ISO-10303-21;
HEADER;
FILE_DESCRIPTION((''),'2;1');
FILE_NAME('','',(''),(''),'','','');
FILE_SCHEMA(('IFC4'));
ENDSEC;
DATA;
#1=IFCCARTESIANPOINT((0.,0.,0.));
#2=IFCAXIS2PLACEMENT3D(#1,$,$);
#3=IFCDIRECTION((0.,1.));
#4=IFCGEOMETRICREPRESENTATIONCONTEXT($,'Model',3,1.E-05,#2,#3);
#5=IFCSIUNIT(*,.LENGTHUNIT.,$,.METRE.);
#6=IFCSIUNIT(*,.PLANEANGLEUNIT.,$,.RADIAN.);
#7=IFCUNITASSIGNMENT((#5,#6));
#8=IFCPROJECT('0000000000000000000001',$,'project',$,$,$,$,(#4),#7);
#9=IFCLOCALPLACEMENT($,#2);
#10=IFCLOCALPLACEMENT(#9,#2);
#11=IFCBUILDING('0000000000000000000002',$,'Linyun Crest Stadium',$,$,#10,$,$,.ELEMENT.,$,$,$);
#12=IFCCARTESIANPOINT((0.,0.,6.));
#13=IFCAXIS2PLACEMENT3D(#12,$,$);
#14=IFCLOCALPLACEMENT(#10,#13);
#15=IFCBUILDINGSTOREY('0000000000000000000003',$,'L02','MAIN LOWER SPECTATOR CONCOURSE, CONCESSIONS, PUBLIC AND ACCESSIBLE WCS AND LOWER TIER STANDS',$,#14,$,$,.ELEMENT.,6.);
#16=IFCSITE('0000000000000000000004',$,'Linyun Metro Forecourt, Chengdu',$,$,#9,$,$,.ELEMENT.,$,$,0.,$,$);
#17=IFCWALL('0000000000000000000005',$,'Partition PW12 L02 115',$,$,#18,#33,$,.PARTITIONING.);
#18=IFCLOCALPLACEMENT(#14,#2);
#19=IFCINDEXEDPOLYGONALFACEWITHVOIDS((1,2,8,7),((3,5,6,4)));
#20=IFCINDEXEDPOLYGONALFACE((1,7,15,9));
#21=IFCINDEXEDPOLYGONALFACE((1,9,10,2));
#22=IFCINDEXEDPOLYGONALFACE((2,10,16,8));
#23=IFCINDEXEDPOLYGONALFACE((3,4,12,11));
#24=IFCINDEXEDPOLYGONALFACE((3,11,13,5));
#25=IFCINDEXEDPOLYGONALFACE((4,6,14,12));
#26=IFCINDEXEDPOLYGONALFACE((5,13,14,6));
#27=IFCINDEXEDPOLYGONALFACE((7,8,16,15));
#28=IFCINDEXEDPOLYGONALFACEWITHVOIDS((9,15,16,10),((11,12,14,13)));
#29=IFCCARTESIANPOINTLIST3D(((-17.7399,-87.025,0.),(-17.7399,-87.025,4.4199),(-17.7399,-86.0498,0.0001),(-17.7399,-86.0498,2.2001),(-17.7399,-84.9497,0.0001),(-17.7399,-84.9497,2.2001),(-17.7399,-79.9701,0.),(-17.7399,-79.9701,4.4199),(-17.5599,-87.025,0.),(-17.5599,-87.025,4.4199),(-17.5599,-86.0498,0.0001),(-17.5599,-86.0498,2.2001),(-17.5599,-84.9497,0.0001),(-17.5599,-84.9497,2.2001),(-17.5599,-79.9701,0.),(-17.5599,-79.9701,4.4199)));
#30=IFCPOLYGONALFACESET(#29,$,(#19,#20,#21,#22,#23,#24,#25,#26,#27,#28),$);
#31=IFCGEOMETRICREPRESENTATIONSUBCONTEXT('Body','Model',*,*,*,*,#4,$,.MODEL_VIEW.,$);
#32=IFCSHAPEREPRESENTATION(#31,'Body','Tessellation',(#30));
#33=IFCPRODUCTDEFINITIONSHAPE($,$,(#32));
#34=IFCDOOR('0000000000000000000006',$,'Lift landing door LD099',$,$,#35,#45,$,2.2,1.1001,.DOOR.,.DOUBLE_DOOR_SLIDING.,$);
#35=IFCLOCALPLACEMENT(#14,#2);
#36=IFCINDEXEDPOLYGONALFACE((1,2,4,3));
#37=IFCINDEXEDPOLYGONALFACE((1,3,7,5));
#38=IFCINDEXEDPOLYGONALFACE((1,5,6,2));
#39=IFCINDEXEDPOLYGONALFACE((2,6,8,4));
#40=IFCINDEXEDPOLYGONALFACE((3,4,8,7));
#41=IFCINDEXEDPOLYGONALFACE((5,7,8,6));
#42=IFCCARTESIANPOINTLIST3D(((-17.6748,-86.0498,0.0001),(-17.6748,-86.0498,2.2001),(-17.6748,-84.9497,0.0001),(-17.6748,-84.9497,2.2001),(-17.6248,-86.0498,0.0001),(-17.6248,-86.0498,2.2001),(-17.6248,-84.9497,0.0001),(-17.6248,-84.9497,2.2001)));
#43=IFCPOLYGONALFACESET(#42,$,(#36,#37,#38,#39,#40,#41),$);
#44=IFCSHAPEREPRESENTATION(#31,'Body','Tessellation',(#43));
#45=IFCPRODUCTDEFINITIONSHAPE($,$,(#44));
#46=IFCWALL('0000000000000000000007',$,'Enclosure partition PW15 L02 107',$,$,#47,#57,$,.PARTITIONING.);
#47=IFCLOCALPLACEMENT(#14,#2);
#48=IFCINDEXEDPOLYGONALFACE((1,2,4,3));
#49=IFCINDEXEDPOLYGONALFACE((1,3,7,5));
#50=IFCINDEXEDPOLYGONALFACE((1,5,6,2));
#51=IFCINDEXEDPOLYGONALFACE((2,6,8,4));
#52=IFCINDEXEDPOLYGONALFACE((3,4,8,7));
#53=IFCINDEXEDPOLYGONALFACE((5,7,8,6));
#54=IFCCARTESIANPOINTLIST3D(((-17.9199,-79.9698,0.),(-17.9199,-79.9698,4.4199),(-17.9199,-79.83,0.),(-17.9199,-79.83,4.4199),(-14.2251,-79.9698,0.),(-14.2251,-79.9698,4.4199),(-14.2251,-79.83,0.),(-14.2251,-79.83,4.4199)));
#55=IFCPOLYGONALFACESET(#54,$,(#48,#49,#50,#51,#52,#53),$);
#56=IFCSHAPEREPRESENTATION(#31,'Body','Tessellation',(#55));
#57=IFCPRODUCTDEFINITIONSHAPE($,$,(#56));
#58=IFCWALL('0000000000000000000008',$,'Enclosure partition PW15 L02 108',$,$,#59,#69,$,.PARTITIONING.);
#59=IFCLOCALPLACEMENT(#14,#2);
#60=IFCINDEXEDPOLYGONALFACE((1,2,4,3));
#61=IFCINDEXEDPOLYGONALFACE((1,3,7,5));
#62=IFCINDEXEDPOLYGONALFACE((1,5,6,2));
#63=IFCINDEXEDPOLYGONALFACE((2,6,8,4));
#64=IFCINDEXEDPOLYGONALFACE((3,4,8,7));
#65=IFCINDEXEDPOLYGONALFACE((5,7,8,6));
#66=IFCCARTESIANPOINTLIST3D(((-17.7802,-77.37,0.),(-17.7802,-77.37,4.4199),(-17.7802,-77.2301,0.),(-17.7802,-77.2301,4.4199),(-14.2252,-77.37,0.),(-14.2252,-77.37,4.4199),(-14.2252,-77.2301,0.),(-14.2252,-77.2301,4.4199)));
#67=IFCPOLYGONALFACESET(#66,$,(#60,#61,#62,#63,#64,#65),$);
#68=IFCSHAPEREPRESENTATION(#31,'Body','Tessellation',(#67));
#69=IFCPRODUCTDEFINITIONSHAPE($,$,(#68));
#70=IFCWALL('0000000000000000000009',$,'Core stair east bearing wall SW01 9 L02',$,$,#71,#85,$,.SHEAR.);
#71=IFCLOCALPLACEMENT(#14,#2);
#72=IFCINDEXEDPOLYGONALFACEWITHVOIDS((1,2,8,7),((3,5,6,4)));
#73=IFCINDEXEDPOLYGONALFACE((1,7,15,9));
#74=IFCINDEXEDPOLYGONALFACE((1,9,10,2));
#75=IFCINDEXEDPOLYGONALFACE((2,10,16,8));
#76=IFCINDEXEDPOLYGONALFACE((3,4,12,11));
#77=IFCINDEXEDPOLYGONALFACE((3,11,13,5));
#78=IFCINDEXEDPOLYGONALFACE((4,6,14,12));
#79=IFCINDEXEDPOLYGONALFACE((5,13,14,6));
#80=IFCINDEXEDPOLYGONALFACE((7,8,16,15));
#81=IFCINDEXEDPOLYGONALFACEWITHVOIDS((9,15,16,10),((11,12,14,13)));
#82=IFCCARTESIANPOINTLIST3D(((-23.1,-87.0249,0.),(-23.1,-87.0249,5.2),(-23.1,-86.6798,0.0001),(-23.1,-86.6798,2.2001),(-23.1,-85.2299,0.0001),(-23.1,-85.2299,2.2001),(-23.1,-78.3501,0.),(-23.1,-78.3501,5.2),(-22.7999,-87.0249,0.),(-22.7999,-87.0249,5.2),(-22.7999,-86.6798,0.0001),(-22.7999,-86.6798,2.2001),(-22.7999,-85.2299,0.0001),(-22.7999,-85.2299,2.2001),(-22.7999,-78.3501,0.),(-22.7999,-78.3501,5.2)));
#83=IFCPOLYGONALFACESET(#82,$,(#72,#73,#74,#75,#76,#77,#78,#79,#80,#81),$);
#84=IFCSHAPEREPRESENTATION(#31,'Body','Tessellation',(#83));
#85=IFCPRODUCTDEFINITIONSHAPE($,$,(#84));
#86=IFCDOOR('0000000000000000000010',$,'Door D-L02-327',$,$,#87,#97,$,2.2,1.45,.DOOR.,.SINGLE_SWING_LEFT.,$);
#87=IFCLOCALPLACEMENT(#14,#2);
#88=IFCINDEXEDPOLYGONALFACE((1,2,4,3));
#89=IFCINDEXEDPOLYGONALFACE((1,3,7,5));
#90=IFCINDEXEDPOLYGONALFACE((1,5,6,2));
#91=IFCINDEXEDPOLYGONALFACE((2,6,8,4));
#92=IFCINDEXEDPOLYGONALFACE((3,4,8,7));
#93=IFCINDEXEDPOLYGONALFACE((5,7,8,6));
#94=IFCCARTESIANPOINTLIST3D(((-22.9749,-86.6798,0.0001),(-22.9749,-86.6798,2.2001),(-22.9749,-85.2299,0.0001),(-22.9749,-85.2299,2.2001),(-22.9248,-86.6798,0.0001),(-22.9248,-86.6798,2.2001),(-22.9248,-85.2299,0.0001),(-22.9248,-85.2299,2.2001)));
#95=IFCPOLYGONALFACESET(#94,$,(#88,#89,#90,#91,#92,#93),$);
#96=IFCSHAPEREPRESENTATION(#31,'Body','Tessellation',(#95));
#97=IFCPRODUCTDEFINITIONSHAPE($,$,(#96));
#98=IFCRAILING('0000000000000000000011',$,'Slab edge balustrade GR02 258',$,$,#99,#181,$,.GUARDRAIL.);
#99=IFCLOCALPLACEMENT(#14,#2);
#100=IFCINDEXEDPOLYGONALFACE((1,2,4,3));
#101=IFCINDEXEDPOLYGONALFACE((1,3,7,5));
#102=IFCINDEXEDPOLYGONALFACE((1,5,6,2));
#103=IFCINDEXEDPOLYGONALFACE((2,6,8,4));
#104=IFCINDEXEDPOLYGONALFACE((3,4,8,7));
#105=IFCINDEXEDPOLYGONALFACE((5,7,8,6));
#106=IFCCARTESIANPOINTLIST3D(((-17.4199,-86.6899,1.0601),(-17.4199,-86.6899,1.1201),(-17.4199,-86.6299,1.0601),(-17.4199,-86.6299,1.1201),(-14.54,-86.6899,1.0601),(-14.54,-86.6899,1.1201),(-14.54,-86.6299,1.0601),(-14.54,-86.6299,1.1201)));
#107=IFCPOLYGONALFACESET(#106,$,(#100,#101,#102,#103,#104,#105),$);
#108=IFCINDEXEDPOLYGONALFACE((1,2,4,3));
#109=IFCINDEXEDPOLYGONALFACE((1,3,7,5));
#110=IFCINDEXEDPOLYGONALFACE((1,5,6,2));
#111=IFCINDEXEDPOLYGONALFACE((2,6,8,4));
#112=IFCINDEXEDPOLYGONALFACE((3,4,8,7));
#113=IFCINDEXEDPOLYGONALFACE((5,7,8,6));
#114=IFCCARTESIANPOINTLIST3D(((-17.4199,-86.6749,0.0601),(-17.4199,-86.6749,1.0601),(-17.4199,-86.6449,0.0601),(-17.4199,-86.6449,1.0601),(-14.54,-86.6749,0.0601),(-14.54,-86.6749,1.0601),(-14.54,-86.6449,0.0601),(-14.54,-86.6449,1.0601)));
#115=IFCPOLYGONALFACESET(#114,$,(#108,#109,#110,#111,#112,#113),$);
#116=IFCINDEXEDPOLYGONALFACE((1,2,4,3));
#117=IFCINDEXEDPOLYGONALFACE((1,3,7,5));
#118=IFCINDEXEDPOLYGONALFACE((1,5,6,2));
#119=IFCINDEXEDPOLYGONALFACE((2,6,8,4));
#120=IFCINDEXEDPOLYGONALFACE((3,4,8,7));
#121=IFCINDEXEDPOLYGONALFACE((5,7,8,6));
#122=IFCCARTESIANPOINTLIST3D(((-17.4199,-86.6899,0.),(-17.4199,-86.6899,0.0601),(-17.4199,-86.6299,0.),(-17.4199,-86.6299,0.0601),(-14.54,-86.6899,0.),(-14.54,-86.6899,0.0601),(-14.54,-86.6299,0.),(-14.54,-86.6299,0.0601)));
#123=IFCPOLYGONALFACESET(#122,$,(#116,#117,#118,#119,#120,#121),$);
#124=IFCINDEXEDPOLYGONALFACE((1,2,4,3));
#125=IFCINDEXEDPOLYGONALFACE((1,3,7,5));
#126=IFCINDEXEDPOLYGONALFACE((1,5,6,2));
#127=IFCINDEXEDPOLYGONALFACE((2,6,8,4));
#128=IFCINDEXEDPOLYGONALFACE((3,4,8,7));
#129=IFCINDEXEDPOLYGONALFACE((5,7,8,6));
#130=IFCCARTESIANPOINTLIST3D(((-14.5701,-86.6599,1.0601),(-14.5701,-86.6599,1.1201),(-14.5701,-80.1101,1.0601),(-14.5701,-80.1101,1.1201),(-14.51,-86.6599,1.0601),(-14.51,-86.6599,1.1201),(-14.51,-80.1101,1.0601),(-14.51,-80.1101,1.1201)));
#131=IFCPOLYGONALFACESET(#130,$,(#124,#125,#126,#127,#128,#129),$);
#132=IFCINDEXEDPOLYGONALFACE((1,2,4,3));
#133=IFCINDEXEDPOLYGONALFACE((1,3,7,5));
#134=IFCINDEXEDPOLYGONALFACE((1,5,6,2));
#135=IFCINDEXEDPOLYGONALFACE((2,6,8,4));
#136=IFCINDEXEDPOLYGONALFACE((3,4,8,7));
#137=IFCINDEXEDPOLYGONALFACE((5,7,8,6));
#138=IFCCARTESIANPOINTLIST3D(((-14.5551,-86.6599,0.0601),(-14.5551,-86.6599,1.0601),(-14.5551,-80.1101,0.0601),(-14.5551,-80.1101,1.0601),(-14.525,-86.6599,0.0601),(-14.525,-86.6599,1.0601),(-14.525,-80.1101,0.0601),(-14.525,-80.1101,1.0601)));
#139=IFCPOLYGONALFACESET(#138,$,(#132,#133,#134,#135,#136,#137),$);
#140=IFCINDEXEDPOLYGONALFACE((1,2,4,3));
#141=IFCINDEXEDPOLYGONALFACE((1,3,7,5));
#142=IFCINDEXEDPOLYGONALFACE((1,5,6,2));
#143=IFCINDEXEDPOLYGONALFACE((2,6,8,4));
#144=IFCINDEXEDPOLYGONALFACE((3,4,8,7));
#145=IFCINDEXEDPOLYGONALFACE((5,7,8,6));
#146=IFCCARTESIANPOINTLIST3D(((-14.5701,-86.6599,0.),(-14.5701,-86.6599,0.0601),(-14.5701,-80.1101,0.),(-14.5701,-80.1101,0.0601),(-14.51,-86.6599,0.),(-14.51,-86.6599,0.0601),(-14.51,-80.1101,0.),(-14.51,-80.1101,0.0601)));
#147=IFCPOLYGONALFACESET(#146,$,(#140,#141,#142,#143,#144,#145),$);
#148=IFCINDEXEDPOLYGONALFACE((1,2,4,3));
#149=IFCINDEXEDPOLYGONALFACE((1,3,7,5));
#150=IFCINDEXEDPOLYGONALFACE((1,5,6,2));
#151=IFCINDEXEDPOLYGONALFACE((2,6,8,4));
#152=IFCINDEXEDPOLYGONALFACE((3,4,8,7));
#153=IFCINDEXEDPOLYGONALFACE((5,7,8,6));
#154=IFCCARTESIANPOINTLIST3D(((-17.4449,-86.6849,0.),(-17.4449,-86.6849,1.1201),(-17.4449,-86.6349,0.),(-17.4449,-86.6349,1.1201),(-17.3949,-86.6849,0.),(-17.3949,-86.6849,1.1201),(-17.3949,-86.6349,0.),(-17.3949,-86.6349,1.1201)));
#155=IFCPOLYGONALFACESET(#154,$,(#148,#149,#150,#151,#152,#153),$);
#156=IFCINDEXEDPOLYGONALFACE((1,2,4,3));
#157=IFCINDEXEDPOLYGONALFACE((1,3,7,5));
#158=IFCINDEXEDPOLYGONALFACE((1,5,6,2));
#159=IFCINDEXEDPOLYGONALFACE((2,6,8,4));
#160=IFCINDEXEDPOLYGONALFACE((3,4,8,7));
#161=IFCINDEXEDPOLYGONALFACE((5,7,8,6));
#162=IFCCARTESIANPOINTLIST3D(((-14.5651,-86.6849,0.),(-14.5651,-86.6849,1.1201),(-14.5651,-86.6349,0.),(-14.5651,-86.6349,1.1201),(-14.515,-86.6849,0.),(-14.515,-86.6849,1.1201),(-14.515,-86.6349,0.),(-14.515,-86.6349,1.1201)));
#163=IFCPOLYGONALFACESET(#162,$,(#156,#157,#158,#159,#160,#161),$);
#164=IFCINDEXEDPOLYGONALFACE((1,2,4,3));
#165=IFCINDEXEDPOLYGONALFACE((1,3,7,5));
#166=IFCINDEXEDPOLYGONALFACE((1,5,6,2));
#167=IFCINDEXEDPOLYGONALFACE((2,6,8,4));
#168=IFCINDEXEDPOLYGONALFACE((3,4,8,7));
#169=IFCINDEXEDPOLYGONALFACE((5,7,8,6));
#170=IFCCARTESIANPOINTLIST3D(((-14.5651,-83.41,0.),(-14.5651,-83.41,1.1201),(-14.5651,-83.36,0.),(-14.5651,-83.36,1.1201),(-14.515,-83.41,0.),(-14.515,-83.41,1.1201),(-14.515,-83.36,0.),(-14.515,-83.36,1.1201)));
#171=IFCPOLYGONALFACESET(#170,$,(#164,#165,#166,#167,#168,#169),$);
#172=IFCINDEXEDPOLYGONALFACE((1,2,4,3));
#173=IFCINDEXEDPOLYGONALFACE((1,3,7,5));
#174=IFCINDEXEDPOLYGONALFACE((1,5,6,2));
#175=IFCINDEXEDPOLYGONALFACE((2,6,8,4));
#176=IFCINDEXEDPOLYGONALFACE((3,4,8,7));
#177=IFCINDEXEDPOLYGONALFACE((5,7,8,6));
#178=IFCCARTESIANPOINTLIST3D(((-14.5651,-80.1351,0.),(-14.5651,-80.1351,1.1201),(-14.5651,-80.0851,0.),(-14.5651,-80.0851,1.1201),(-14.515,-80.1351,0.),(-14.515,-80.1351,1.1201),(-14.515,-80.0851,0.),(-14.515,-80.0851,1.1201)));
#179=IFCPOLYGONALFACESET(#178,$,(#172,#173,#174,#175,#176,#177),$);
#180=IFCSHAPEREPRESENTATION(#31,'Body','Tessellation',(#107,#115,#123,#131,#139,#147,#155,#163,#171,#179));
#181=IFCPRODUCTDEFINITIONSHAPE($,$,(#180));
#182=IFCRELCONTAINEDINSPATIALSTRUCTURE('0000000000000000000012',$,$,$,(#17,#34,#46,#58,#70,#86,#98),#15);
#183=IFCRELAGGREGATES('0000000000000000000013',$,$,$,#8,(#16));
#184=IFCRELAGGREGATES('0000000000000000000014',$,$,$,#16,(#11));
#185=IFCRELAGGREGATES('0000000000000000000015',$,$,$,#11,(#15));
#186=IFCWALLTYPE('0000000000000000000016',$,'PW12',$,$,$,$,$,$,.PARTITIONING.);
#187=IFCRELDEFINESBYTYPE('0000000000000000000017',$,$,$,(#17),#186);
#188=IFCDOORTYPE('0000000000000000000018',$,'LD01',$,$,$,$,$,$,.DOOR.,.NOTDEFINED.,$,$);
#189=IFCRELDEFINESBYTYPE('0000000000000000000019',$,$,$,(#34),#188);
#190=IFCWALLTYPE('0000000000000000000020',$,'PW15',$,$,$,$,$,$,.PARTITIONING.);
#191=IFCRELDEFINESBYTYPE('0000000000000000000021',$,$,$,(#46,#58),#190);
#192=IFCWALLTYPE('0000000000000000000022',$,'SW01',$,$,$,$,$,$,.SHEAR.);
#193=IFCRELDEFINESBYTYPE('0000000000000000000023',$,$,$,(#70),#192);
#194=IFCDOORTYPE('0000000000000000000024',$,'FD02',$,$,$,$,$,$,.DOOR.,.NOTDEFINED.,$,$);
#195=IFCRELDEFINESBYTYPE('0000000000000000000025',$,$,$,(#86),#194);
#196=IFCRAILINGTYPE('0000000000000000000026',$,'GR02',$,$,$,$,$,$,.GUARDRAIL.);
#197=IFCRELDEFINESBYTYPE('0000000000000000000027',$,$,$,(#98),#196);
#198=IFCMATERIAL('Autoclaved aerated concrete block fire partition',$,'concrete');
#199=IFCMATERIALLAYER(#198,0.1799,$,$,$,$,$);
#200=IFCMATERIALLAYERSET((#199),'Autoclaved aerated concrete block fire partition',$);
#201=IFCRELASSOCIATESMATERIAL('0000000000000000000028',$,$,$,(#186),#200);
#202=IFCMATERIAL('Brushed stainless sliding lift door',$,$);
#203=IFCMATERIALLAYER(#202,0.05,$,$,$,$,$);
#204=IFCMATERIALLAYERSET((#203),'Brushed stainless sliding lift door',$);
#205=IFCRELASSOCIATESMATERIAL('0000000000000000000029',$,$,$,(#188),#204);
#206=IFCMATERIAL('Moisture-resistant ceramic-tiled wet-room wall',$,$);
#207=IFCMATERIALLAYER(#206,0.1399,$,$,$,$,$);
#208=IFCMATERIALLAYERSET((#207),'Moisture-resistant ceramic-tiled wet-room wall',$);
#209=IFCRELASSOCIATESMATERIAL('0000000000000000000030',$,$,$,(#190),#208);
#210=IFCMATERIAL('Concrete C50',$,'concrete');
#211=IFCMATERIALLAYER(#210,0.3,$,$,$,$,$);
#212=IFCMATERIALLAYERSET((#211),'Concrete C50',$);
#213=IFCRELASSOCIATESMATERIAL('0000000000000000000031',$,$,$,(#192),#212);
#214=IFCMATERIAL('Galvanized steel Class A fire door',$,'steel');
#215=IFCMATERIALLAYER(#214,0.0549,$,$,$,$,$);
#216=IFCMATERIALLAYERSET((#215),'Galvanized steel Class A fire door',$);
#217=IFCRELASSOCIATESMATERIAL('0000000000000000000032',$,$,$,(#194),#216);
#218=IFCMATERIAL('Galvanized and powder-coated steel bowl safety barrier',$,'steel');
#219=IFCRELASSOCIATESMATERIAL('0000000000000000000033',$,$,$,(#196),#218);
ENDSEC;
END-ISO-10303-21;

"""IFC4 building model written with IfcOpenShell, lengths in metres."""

from ifc_helpers import new_model, si_unit, direction, frame, frame_2d, origin, origin_2d, place, context, subcontext, project, spatial, rectangle, extrude, material, layer, layer_set, type_object, element, fill, save


model = new_model("IFC4")

# Units and contexts
model_context = context("Model", 3, precision=1e-05, world=origin(), true_north=direction((0.0, 1.0)))
body_context = subcontext(model_context, "Body", "Model", "MODEL_VIEW")
ifc_project = project(units=[si_unit("LENGTHUNIT", "METRE"), si_unit("PLANEANGLEUNIT", "RADIAN")], contexts=[model_context])

# Site, building, storey
site_placement = place(None, origin())
site = spatial("IfcSite", under=ifc_project, at=site_placement, Name="Linyun Metro Forecourt, Chengdu", CompositionType="ELEMENT", RefElevation=0.0)
building_placement = place(site_placement, origin())
building = spatial("IfcBuilding", under=site, at=building_placement, Name="Linyun Crest Stadium", CompositionType="ELEMENT")
storey_placement = place(building_placement, frame((0.0, 0.0, 6.0)))
storey = spatial("IfcBuildingStorey", under=building, at=storey_placement, Name="L02", Description="MAIN LOWER SPECTATOR CONCOURSE, CONCESSIONS, PUBLIC AND ACCESSIBLE WCS AND LOWER TIER STANDS", CompositionType="ELEMENT", Elevation=6.0)

# Wall, opening, door
ifc_material_1 = material(Name="Autoclaved aerated concrete block fire partition", Category="concrete")
ifc_layer_1 = layer(ifc_material_1, 0.1799)
ifc_layer_set_1 = layer_set([ifc_layer_1], Name="Autoclaved aerated concrete block fire partition")
wall_type_1 = type_object("IfcWallType", Name="PW12", PredefinedType="PARTITIONING", material=ifc_layer_set_1)
wall_1_placement = place(storey_placement, frame((-17.6499, -87.0249, 0.0), z_axis=(0.0, 0.0, 1.0), x_axis=(0.0, 1.0, 0.0)))
wall_1 = element("IfcWall", 1, at=wall_1_placement, inside=storey, type_object=wall_type_1, Name="Partition PW12 L02 115", PredefinedType="PARTITIONING", context=body_context, shape_type="SweptSolid", body=[
    extrude(rectangle(XDim=7.0549, YDim=0.1799, at=frame_2d((3.5273, 0.0))), origin(), (0.0, 0.0, 1.0), 4.4199),
])
opening_1_placement = place(wall_1_placement, frame((0.9751, 0.0, 0.0)))
opening_1 = element("IfcOpeningElement", 2, at=opening_1_placement, cuts=wall_1, PredefinedType="OPENING", context=body_context, shape_type="SweptSolid", body=[
    extrude(rectangle(XDim=1.1001, YDim=2.2, at=frame_2d((0.55, 1.1001))), frame((0.0, 0.0999, 0.0), z_axis=(0.0, -1.0, 0.0), x_axis=(1.0, 0.0, 0.0)), (0.0, 0.0, 1.0), 0.2),
])
ifc_material_2 = material(Name="Brushed stainless sliding lift door")
ifc_layer_2 = layer(ifc_material_2, 0.05)
ifc_layer_set_2 = layer_set([ifc_layer_2], Name="Brushed stainless sliding lift door")
door_type_1 = type_object("IfcDoorType", Name="LD01", OperationType="NOTDEFINED", PredefinedType="DOOR", material=ifc_layer_set_2)
door_1_placement = place(opening_1_placement, origin())
door_1 = element("IfcDoor", 3, at=door_1_placement, inside=storey, type_object=door_type_1, Name="Lift landing door LD099", OperationType="DOUBLE_DOOR_SLIDING", OverallHeight=2.2, OverallWidth=1.1001, PredefinedType="DOOR", context=body_context, shape_type="SweptSolid", body=[
    extrude(rectangle(XDim=1.1001, YDim=2.2, at=frame_2d((0.55, 1.1001))), frame((0.0, 0.0249, 0.0), z_axis=(0.0, -1.0, 0.0), x_axis=(1.0, 0.0, 0.0)), (0.0, 0.0, 1.0), 0.05),
])
fill(opening_1, door_1)

# Shared definitions
ifc_material_3 = material(Name="Moisture-resistant ceramic-tiled wet-room wall")
ifc_layer_3 = layer(ifc_material_3, 0.1399)
ifc_layer_set_3 = layer_set([ifc_layer_3], Name="Moisture-resistant ceramic-tiled wet-room wall")
wall_type_2 = type_object("IfcWallType", Name="PW15", PredefinedType="PARTITIONING", material=ifc_layer_set_3)

# Walls
wall_2_placement = place(storey_placement, frame((-17.9199, -79.8999, 0.0), z_axis=(0.0, 0.0, 1.0), x_axis=(1.0, 0.0, 0.0)))
element("IfcWall", 4, at=wall_2_placement, inside=storey, type_object=wall_type_2, Name="Enclosure partition PW15 L02 107", PredefinedType="PARTITIONING", context=body_context, shape_type="SweptSolid", body=[
    extrude(rectangle(XDim=3.6948, YDim=0.1399, at=frame_2d((1.8474, 0.0))), origin(), (0.0, 0.0, 1.0), 4.4199),
])
wall_3_placement = place(storey_placement, frame((-17.78, -77.3, 0.0), z_axis=(0.0, 0.0, 1.0), x_axis=(1.0, 0.0, 0.0)))
element("IfcWall", 5, at=wall_3_placement, inside=storey, type_object=wall_type_2, Name="Enclosure partition PW15 L02 108", PredefinedType="PARTITIONING", context=body_context, shape_type="SweptSolid", body=[
    extrude(rectangle(XDim=3.5549, YDim=0.1399, at=frame_2d((1.7773, 0.0))), origin(), (0.0, 0.0, 1.0), 4.4199),
])

# Wall, opening, door
ifc_material_4 = material(Name="Concrete C50", Category="concrete")
ifc_layer_4 = layer(ifc_material_4, 0.3)
ifc_layer_set_4 = layer_set([ifc_layer_4], Name="Concrete C50")
wall_type_3 = type_object("IfcWallType", Name="SW01", PredefinedType="SHEAR", material=ifc_layer_set_4)
wall_4_placement = place(storey_placement, frame((-22.95, -87.0249, 0.0), z_axis=(0.0, 0.0, 1.0), x_axis=(0.0, 1.0, 0.0)))
wall_4 = element("IfcWall", 6, at=wall_4_placement, inside=storey, type_object=wall_type_3, Name="Core stair east bearing wall SW01 9 L02", PredefinedType="SHEAR", context=body_context, shape_type="SweptSolid", body=[
    extrude(rectangle(XDim=8.6748, YDim=0.3, at=frame_2d((4.3374, 0.0))), origin(), (0.0, 0.0, 1.0), 5.2),
])
opening_2_placement = place(wall_4_placement, frame((0.345, 0.0, 0.0)))
opening_2 = element("IfcOpeningElement", 7, at=opening_2_placement, cuts=wall_4, PredefinedType="OPENING", context=body_context, shape_type="SweptSolid", body=[
    extrude(rectangle(XDim=1.45, YDim=2.2, at=frame_2d((0.7251, 1.1001))), frame((0.0, 0.1599, 0.0), z_axis=(0.0, -1.0, 0.0), x_axis=(1.0, 0.0, 0.0)), (0.0, 0.0, 1.0), 0.3201),
])
ifc_material_5 = material(Name="Galvanized steel Class A fire door", Category="steel")
ifc_layer_5 = layer(ifc_material_5, 0.0549)
ifc_layer_set_5 = layer_set([ifc_layer_5], Name="Galvanized steel Class A fire door")
door_type_2 = type_object("IfcDoorType", Name="FD02", OperationType="NOTDEFINED", PredefinedType="DOOR", material=ifc_layer_set_5)
door_2_placement = place(opening_2_placement, origin())
door_2 = element("IfcDoor", 8, at=door_2_placement, inside=storey, type_object=door_type_2, Name="Door D-L02-327", OperationType="SINGLE_SWING_LEFT", OverallHeight=2.2, OverallWidth=1.45, PredefinedType="DOOR", context=body_context, shape_type="SweptSolid", body=[
    extrude(rectangle(XDim=1.45, YDim=2.2, at=frame_2d((0.7251, 1.1001))), frame((0.0, 0.0249, 0.0), z_axis=(0.0, -1.0, 0.0), x_axis=(1.0, 0.0, 0.0)), (0.0, 0.0, 1.0), 0.05),
])
fill(opening_2, door_2)

# Railing
ifc_material_6 = material(Name="Galvanized and powder-coated steel bowl safety barrier", Category="steel")
railing_type = type_object("IfcRailingType", Name="GR02", PredefinedType="GUARDRAIL", material=ifc_material_6)
railing_placement = place(storey_placement, frame((-17.4199, -86.6599, 0.0)))
element("IfcRailing", 9, at=railing_placement, inside=storey, type_object=railing_type, Name="Slab edge balustrade GR02 258", PredefinedType="GUARDRAIL", context=body_context, shape_type="SweptSolid", body=[
    extrude(rectangle(XDim=0.0601, YDim=0.0601, at=origin_2d()), frame((0.0, 0.0, 1.0901), z_axis=(1.0, 0.0, 0.0), x_axis=(0.0, 1.0, 0.0)), (0.0, 0.0, 1.0), 2.8799),
    extrude(rectangle(XDim=0.03, YDim=1.0, at=origin_2d()), frame((0.0, 0.0, 0.5601), z_axis=(1.0, 0.0, 0.0), x_axis=(0.0, 1.0, 0.0)), (0.0, 0.0, 1.0), 2.8799),
    extrude(rectangle(XDim=0.0601, YDim=0.0601, at=origin_2d()), frame((0.0, 0.0, 0.03), z_axis=(1.0, 0.0, 0.0), x_axis=(0.0, 1.0, 0.0)), (0.0, 0.0, 1.0), 2.8799),
    extrude(rectangle(XDim=0.0601, YDim=0.0601, at=origin_2d()), frame((2.8799, 0.0, 1.0901), z_axis=(0.0, 1.0, 0.0), x_axis=(-1.0, 0.0, 0.0)), (0.0, 0.0, 1.0), 6.5498),
    extrude(rectangle(XDim=0.03, YDim=1.0, at=origin_2d()), frame((2.8799, 0.0, 0.5601), z_axis=(0.0, 1.0, 0.0), x_axis=(-1.0, 0.0, 0.0)), (0.0, 0.0, 1.0), 6.5498),
    extrude(rectangle(XDim=0.0601, YDim=0.0601, at=origin_2d()), frame((2.8799, 0.0, 0.03), z_axis=(0.0, 1.0, 0.0), x_axis=(-1.0, 0.0, 0.0)), (0.0, 0.0, 1.0), 6.5498),
    extrude(rectangle(XDim=0.05, YDim=0.05, at=origin_2d()), origin(), (0.0, 0.0, 1.0), 1.1201),
    extrude(rectangle(XDim=0.05, YDim=0.05, at=origin_2d()), frame((2.8799, 0.0, 0.0)), (0.0, 0.0, 1.0), 1.1201),
    extrude(rectangle(XDim=0.05, YDim=0.05, at=origin_2d()), frame((2.8799, 3.2749, 0.0)), (0.0, 0.0, 1.0), 1.1201),
    extrude(rectangle(XDim=0.05, YDim=0.05, at=origin_2d()), frame((2.8799, 6.5498, 0.0)), (0.0, 0.0, 1.0), 1.1201),
])

save(model, "model.ifc")
